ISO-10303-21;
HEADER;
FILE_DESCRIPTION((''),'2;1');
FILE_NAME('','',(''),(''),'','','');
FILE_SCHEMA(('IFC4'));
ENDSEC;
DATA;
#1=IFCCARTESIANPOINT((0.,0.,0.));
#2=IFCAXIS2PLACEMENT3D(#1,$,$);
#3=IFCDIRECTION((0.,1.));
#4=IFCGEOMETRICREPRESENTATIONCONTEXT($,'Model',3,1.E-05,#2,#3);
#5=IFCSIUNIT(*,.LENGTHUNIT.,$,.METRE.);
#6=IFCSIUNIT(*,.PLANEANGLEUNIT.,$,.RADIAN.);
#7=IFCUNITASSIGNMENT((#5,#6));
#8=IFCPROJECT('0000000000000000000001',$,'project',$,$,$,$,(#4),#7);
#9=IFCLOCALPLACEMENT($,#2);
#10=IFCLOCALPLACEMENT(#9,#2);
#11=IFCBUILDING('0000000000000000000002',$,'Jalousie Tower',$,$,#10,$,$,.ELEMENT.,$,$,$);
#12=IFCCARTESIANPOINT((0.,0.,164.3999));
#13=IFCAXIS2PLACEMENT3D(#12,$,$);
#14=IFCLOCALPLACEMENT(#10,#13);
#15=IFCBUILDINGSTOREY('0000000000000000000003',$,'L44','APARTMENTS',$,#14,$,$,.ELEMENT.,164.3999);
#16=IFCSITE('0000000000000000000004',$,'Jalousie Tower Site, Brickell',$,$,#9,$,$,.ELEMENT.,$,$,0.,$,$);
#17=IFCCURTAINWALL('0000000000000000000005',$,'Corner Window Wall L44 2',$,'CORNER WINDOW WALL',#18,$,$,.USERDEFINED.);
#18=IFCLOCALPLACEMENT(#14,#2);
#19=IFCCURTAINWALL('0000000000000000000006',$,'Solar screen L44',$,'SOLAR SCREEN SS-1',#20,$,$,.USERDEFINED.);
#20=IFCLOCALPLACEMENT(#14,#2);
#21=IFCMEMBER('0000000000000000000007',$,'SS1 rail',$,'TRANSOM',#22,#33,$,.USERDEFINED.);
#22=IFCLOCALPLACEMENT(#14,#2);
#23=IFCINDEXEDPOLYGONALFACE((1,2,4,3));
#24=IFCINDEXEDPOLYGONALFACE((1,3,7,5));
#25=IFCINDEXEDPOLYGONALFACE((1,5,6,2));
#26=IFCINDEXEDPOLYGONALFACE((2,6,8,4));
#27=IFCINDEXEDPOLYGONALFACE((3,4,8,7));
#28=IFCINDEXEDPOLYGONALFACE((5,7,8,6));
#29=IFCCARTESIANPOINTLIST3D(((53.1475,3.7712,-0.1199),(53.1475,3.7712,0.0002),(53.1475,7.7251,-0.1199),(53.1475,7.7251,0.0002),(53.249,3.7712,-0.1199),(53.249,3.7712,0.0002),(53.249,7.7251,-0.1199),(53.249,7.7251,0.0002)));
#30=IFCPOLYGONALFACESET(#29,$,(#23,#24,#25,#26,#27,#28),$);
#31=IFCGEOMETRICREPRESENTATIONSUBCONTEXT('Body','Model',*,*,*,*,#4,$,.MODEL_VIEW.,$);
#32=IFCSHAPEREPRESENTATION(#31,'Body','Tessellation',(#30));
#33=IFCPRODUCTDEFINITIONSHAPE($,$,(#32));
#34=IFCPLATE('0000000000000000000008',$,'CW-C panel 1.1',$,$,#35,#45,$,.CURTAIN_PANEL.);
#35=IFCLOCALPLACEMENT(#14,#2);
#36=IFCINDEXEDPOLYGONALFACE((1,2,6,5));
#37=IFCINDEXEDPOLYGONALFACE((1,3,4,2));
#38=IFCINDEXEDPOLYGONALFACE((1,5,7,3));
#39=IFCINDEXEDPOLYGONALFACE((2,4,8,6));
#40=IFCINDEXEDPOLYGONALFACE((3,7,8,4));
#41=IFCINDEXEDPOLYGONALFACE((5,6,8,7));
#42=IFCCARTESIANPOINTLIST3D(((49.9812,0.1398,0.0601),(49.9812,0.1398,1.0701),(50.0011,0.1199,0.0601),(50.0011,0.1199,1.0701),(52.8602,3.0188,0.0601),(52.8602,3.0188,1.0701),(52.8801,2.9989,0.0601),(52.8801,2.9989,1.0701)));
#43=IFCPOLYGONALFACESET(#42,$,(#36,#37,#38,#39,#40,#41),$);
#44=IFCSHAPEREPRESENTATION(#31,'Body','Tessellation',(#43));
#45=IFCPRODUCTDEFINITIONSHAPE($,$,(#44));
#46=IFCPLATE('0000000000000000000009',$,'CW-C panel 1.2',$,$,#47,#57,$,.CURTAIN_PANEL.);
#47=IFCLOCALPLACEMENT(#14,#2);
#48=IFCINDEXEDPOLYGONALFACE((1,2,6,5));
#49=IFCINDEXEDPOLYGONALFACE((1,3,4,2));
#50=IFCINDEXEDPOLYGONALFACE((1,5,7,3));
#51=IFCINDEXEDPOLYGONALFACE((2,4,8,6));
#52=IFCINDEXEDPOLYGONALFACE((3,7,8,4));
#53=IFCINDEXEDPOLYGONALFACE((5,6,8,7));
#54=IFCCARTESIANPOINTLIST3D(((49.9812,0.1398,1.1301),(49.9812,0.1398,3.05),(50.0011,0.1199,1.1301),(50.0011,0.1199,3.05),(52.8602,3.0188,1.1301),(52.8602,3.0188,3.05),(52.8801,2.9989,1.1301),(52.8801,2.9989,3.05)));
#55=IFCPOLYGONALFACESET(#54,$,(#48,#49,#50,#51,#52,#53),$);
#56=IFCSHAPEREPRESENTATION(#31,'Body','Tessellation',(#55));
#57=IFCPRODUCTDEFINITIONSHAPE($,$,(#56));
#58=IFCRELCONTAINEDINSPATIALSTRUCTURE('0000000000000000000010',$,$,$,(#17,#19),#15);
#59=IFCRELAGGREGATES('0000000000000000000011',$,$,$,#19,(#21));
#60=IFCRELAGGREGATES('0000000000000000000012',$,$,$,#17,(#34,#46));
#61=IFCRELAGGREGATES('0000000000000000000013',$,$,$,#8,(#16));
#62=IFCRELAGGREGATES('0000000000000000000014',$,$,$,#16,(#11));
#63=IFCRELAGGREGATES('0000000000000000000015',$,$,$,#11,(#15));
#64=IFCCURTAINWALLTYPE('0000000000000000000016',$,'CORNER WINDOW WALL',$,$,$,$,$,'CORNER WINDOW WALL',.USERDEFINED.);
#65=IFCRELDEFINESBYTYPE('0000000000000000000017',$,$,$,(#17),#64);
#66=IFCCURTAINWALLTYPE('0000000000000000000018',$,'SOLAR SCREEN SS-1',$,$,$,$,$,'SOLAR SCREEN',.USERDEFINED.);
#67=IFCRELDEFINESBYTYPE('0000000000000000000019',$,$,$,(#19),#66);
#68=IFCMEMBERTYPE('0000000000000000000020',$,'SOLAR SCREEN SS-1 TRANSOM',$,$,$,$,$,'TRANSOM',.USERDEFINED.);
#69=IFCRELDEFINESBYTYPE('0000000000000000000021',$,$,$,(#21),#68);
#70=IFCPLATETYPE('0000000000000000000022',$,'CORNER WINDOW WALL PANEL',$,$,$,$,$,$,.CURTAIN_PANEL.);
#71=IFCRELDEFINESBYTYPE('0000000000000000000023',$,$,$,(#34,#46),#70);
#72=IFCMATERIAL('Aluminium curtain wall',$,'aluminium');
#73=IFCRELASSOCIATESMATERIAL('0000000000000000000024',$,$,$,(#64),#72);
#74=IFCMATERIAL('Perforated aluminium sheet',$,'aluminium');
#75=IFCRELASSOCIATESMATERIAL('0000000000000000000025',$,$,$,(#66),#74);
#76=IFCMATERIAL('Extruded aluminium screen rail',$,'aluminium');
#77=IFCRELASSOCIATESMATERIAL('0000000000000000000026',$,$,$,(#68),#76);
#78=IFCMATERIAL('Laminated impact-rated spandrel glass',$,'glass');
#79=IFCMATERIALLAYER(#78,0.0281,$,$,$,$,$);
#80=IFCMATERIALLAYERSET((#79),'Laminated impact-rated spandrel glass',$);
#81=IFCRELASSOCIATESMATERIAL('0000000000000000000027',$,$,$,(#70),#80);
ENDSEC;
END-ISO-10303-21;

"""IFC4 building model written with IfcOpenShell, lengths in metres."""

from ifc_helpers import new_model, si_unit, direction, frame, origin, origin_2d, place, context, subcontext, project, spatial, rectangle, extrude, material, layer, layer_set, material_profile, profile_set, type_object, element, aggregate, save


model = new_model("IFC4")

# Units and contexts
model_context = context("Model", 3, precision=1e-05, world=origin(), true_north=direction((0.0, 1.0)))
body_context = subcontext(model_context, "Body", "Model", "MODEL_VIEW")
ifc_project = project(units=[si_unit("LENGTHUNIT", "METRE"), si_unit("PLANEANGLEUNIT", "RADIAN")], contexts=[model_context])

# Site, building, storey
site_placement = place(None, origin())
site = spatial("IfcSite", under=ifc_project, at=site_placement, Name="Jalousie Tower Site, Brickell", CompositionType="ELEMENT", RefElevation=0.0)
building_placement = place(site_placement, origin())
building = spatial("IfcBuilding", under=site, at=building_placement, Name="Jalousie Tower", CompositionType="ELEMENT")
storey_placement = place(building_placement, frame((0.0, 0.0, 164.3999)))
storey = spatial("IfcBuildingStorey", under=building, at=storey_placement, Name="L44", Description="APARTMENTS", CompositionType="ELEMENT", Elevation=164.3999)

# Curtain wall
ifc_material_1 = material(Name="Aluminium curtain wall", Category="aluminium")
curtain_wall_type_1 = type_object("IfcCurtainWallType", Name="CORNER WINDOW WALL", ElementType="CORNER WINDOW WALL", PredefinedType="USERDEFINED", material=ifc_material_1)
curtain_wall_1_placement = place(storey_placement, origin())
curtain_wall_1 = element("IfcCurtainWall", 1, at=curtain_wall_1_placement, inside=storey, type_object=curtain_wall_type_1, Name="Corner Window Wall L44 2", ObjectType="CORNER WINDOW WALL", PredefinedType="USERDEFINED")

# Curtain wall, member
ifc_material_2 = material(Name="Perforated aluminium sheet", Category="aluminium")
curtain_wall_type_2 = type_object("IfcCurtainWallType", Name="SOLAR SCREEN SS-1", ElementType="SOLAR SCREEN", PredefinedType="USERDEFINED", material=ifc_material_2)
curtain_wall_2_placement = place(storey_placement, origin())
curtain_wall_2 = element("IfcCurtainWall", 2, at=curtain_wall_2_placement, inside=storey, type_object=curtain_wall_type_2, Name="Solar screen L44", ObjectType="SOLAR SCREEN SS-1", PredefinedType="USERDEFINED")
ifc_material_3 = material(Name="Extruded aluminium screen rail", Category="aluminium")
ifc_material_profile_1 = material_profile(ifc_material_3, rectangle(XDim=0.1016, YDim=0.1201, at=origin_2d()), Name="RAIL 102x120")
ifc_profile_set_1 = profile_set([ifc_material_profile_1], Name="Extruded aluminium screen rail")
member_type_1 = type_object("IfcMemberType", Name="SOLAR SCREEN SS-1 TRANSOM", ElementType="TRANSOM", PredefinedType="USERDEFINED", material=ifc_profile_set_1)
member_1_placement = place(storey_placement, frame((53.1982, 3.7712, -0.0598), z_axis=(0.0, 1.0, 0.0), x_axis=(-1.0, 0.0, 0.0)))
member_1 = element("IfcMember", 3, at=member_1_placement, type_object=member_type_1, Name="SS1 rail", ObjectType="TRANSOM", PredefinedType="USERDEFINED", context=body_context, shape_type="SweptSolid", body=[
    extrude(rectangle(XDim=0.1016, YDim=0.1201, at=origin_2d()), origin(), (0.0, 0.0, 1.0), 3.9539),
])
aggregate(curtain_wall_2, [member_1])

# Plates
ifc_material_4 = material(Name="Laminated impact-rated spandrel glass", Category="glass")
ifc_layer = layer(ifc_material_4, 0.0281)
ifc_layer_set = layer_set([ifc_layer], Name="Laminated impact-rated spandrel glass")
plate_type = type_object("IfcPlateType", Name="CORNER WINDOW WALL PANEL", PredefinedType="CURTAIN_PANEL", material=ifc_layer_set)
plate_1_placement = place(storey_placement, frame((51.4307, 1.5693, 0.0601), z_axis=(0.0, 0.0, 1.0), x_axis=(0.707107, 0.707107, 0.0)))
plate_1 = element("IfcPlate", 4, at=plate_1_placement, type_object=plate_type, Name="CW-C panel 1.1", PredefinedType="CURTAIN_PANEL", context=body_context, shape_type="SweptSolid", body=[
    extrude(rectangle(XDim=4.0715, YDim=0.0281, at=origin_2d()), origin(), (0.0, 0.0, 1.0), 1.01),
])
plate_2_placement = place(storey_placement, frame((51.4307, 1.5693, 1.1301), z_axis=(0.0, 0.0, 1.0), x_axis=(0.707107, 0.707107, 0.0)))
plate_2 = element("IfcPlate", 5, at=plate_2_placement, type_object=plate_type, Name="CW-C panel 1.2", PredefinedType="CURTAIN_PANEL", context=body_context, shape_type="SweptSolid", body=[
    extrude(rectangle(XDim=4.0715, YDim=0.0281, at=origin_2d()), origin(), (0.0, 0.0, 1.0), 1.9199),
])
aggregate(curtain_wall_1, [plate_1, plate_2])

save(model, "model.ifc")
